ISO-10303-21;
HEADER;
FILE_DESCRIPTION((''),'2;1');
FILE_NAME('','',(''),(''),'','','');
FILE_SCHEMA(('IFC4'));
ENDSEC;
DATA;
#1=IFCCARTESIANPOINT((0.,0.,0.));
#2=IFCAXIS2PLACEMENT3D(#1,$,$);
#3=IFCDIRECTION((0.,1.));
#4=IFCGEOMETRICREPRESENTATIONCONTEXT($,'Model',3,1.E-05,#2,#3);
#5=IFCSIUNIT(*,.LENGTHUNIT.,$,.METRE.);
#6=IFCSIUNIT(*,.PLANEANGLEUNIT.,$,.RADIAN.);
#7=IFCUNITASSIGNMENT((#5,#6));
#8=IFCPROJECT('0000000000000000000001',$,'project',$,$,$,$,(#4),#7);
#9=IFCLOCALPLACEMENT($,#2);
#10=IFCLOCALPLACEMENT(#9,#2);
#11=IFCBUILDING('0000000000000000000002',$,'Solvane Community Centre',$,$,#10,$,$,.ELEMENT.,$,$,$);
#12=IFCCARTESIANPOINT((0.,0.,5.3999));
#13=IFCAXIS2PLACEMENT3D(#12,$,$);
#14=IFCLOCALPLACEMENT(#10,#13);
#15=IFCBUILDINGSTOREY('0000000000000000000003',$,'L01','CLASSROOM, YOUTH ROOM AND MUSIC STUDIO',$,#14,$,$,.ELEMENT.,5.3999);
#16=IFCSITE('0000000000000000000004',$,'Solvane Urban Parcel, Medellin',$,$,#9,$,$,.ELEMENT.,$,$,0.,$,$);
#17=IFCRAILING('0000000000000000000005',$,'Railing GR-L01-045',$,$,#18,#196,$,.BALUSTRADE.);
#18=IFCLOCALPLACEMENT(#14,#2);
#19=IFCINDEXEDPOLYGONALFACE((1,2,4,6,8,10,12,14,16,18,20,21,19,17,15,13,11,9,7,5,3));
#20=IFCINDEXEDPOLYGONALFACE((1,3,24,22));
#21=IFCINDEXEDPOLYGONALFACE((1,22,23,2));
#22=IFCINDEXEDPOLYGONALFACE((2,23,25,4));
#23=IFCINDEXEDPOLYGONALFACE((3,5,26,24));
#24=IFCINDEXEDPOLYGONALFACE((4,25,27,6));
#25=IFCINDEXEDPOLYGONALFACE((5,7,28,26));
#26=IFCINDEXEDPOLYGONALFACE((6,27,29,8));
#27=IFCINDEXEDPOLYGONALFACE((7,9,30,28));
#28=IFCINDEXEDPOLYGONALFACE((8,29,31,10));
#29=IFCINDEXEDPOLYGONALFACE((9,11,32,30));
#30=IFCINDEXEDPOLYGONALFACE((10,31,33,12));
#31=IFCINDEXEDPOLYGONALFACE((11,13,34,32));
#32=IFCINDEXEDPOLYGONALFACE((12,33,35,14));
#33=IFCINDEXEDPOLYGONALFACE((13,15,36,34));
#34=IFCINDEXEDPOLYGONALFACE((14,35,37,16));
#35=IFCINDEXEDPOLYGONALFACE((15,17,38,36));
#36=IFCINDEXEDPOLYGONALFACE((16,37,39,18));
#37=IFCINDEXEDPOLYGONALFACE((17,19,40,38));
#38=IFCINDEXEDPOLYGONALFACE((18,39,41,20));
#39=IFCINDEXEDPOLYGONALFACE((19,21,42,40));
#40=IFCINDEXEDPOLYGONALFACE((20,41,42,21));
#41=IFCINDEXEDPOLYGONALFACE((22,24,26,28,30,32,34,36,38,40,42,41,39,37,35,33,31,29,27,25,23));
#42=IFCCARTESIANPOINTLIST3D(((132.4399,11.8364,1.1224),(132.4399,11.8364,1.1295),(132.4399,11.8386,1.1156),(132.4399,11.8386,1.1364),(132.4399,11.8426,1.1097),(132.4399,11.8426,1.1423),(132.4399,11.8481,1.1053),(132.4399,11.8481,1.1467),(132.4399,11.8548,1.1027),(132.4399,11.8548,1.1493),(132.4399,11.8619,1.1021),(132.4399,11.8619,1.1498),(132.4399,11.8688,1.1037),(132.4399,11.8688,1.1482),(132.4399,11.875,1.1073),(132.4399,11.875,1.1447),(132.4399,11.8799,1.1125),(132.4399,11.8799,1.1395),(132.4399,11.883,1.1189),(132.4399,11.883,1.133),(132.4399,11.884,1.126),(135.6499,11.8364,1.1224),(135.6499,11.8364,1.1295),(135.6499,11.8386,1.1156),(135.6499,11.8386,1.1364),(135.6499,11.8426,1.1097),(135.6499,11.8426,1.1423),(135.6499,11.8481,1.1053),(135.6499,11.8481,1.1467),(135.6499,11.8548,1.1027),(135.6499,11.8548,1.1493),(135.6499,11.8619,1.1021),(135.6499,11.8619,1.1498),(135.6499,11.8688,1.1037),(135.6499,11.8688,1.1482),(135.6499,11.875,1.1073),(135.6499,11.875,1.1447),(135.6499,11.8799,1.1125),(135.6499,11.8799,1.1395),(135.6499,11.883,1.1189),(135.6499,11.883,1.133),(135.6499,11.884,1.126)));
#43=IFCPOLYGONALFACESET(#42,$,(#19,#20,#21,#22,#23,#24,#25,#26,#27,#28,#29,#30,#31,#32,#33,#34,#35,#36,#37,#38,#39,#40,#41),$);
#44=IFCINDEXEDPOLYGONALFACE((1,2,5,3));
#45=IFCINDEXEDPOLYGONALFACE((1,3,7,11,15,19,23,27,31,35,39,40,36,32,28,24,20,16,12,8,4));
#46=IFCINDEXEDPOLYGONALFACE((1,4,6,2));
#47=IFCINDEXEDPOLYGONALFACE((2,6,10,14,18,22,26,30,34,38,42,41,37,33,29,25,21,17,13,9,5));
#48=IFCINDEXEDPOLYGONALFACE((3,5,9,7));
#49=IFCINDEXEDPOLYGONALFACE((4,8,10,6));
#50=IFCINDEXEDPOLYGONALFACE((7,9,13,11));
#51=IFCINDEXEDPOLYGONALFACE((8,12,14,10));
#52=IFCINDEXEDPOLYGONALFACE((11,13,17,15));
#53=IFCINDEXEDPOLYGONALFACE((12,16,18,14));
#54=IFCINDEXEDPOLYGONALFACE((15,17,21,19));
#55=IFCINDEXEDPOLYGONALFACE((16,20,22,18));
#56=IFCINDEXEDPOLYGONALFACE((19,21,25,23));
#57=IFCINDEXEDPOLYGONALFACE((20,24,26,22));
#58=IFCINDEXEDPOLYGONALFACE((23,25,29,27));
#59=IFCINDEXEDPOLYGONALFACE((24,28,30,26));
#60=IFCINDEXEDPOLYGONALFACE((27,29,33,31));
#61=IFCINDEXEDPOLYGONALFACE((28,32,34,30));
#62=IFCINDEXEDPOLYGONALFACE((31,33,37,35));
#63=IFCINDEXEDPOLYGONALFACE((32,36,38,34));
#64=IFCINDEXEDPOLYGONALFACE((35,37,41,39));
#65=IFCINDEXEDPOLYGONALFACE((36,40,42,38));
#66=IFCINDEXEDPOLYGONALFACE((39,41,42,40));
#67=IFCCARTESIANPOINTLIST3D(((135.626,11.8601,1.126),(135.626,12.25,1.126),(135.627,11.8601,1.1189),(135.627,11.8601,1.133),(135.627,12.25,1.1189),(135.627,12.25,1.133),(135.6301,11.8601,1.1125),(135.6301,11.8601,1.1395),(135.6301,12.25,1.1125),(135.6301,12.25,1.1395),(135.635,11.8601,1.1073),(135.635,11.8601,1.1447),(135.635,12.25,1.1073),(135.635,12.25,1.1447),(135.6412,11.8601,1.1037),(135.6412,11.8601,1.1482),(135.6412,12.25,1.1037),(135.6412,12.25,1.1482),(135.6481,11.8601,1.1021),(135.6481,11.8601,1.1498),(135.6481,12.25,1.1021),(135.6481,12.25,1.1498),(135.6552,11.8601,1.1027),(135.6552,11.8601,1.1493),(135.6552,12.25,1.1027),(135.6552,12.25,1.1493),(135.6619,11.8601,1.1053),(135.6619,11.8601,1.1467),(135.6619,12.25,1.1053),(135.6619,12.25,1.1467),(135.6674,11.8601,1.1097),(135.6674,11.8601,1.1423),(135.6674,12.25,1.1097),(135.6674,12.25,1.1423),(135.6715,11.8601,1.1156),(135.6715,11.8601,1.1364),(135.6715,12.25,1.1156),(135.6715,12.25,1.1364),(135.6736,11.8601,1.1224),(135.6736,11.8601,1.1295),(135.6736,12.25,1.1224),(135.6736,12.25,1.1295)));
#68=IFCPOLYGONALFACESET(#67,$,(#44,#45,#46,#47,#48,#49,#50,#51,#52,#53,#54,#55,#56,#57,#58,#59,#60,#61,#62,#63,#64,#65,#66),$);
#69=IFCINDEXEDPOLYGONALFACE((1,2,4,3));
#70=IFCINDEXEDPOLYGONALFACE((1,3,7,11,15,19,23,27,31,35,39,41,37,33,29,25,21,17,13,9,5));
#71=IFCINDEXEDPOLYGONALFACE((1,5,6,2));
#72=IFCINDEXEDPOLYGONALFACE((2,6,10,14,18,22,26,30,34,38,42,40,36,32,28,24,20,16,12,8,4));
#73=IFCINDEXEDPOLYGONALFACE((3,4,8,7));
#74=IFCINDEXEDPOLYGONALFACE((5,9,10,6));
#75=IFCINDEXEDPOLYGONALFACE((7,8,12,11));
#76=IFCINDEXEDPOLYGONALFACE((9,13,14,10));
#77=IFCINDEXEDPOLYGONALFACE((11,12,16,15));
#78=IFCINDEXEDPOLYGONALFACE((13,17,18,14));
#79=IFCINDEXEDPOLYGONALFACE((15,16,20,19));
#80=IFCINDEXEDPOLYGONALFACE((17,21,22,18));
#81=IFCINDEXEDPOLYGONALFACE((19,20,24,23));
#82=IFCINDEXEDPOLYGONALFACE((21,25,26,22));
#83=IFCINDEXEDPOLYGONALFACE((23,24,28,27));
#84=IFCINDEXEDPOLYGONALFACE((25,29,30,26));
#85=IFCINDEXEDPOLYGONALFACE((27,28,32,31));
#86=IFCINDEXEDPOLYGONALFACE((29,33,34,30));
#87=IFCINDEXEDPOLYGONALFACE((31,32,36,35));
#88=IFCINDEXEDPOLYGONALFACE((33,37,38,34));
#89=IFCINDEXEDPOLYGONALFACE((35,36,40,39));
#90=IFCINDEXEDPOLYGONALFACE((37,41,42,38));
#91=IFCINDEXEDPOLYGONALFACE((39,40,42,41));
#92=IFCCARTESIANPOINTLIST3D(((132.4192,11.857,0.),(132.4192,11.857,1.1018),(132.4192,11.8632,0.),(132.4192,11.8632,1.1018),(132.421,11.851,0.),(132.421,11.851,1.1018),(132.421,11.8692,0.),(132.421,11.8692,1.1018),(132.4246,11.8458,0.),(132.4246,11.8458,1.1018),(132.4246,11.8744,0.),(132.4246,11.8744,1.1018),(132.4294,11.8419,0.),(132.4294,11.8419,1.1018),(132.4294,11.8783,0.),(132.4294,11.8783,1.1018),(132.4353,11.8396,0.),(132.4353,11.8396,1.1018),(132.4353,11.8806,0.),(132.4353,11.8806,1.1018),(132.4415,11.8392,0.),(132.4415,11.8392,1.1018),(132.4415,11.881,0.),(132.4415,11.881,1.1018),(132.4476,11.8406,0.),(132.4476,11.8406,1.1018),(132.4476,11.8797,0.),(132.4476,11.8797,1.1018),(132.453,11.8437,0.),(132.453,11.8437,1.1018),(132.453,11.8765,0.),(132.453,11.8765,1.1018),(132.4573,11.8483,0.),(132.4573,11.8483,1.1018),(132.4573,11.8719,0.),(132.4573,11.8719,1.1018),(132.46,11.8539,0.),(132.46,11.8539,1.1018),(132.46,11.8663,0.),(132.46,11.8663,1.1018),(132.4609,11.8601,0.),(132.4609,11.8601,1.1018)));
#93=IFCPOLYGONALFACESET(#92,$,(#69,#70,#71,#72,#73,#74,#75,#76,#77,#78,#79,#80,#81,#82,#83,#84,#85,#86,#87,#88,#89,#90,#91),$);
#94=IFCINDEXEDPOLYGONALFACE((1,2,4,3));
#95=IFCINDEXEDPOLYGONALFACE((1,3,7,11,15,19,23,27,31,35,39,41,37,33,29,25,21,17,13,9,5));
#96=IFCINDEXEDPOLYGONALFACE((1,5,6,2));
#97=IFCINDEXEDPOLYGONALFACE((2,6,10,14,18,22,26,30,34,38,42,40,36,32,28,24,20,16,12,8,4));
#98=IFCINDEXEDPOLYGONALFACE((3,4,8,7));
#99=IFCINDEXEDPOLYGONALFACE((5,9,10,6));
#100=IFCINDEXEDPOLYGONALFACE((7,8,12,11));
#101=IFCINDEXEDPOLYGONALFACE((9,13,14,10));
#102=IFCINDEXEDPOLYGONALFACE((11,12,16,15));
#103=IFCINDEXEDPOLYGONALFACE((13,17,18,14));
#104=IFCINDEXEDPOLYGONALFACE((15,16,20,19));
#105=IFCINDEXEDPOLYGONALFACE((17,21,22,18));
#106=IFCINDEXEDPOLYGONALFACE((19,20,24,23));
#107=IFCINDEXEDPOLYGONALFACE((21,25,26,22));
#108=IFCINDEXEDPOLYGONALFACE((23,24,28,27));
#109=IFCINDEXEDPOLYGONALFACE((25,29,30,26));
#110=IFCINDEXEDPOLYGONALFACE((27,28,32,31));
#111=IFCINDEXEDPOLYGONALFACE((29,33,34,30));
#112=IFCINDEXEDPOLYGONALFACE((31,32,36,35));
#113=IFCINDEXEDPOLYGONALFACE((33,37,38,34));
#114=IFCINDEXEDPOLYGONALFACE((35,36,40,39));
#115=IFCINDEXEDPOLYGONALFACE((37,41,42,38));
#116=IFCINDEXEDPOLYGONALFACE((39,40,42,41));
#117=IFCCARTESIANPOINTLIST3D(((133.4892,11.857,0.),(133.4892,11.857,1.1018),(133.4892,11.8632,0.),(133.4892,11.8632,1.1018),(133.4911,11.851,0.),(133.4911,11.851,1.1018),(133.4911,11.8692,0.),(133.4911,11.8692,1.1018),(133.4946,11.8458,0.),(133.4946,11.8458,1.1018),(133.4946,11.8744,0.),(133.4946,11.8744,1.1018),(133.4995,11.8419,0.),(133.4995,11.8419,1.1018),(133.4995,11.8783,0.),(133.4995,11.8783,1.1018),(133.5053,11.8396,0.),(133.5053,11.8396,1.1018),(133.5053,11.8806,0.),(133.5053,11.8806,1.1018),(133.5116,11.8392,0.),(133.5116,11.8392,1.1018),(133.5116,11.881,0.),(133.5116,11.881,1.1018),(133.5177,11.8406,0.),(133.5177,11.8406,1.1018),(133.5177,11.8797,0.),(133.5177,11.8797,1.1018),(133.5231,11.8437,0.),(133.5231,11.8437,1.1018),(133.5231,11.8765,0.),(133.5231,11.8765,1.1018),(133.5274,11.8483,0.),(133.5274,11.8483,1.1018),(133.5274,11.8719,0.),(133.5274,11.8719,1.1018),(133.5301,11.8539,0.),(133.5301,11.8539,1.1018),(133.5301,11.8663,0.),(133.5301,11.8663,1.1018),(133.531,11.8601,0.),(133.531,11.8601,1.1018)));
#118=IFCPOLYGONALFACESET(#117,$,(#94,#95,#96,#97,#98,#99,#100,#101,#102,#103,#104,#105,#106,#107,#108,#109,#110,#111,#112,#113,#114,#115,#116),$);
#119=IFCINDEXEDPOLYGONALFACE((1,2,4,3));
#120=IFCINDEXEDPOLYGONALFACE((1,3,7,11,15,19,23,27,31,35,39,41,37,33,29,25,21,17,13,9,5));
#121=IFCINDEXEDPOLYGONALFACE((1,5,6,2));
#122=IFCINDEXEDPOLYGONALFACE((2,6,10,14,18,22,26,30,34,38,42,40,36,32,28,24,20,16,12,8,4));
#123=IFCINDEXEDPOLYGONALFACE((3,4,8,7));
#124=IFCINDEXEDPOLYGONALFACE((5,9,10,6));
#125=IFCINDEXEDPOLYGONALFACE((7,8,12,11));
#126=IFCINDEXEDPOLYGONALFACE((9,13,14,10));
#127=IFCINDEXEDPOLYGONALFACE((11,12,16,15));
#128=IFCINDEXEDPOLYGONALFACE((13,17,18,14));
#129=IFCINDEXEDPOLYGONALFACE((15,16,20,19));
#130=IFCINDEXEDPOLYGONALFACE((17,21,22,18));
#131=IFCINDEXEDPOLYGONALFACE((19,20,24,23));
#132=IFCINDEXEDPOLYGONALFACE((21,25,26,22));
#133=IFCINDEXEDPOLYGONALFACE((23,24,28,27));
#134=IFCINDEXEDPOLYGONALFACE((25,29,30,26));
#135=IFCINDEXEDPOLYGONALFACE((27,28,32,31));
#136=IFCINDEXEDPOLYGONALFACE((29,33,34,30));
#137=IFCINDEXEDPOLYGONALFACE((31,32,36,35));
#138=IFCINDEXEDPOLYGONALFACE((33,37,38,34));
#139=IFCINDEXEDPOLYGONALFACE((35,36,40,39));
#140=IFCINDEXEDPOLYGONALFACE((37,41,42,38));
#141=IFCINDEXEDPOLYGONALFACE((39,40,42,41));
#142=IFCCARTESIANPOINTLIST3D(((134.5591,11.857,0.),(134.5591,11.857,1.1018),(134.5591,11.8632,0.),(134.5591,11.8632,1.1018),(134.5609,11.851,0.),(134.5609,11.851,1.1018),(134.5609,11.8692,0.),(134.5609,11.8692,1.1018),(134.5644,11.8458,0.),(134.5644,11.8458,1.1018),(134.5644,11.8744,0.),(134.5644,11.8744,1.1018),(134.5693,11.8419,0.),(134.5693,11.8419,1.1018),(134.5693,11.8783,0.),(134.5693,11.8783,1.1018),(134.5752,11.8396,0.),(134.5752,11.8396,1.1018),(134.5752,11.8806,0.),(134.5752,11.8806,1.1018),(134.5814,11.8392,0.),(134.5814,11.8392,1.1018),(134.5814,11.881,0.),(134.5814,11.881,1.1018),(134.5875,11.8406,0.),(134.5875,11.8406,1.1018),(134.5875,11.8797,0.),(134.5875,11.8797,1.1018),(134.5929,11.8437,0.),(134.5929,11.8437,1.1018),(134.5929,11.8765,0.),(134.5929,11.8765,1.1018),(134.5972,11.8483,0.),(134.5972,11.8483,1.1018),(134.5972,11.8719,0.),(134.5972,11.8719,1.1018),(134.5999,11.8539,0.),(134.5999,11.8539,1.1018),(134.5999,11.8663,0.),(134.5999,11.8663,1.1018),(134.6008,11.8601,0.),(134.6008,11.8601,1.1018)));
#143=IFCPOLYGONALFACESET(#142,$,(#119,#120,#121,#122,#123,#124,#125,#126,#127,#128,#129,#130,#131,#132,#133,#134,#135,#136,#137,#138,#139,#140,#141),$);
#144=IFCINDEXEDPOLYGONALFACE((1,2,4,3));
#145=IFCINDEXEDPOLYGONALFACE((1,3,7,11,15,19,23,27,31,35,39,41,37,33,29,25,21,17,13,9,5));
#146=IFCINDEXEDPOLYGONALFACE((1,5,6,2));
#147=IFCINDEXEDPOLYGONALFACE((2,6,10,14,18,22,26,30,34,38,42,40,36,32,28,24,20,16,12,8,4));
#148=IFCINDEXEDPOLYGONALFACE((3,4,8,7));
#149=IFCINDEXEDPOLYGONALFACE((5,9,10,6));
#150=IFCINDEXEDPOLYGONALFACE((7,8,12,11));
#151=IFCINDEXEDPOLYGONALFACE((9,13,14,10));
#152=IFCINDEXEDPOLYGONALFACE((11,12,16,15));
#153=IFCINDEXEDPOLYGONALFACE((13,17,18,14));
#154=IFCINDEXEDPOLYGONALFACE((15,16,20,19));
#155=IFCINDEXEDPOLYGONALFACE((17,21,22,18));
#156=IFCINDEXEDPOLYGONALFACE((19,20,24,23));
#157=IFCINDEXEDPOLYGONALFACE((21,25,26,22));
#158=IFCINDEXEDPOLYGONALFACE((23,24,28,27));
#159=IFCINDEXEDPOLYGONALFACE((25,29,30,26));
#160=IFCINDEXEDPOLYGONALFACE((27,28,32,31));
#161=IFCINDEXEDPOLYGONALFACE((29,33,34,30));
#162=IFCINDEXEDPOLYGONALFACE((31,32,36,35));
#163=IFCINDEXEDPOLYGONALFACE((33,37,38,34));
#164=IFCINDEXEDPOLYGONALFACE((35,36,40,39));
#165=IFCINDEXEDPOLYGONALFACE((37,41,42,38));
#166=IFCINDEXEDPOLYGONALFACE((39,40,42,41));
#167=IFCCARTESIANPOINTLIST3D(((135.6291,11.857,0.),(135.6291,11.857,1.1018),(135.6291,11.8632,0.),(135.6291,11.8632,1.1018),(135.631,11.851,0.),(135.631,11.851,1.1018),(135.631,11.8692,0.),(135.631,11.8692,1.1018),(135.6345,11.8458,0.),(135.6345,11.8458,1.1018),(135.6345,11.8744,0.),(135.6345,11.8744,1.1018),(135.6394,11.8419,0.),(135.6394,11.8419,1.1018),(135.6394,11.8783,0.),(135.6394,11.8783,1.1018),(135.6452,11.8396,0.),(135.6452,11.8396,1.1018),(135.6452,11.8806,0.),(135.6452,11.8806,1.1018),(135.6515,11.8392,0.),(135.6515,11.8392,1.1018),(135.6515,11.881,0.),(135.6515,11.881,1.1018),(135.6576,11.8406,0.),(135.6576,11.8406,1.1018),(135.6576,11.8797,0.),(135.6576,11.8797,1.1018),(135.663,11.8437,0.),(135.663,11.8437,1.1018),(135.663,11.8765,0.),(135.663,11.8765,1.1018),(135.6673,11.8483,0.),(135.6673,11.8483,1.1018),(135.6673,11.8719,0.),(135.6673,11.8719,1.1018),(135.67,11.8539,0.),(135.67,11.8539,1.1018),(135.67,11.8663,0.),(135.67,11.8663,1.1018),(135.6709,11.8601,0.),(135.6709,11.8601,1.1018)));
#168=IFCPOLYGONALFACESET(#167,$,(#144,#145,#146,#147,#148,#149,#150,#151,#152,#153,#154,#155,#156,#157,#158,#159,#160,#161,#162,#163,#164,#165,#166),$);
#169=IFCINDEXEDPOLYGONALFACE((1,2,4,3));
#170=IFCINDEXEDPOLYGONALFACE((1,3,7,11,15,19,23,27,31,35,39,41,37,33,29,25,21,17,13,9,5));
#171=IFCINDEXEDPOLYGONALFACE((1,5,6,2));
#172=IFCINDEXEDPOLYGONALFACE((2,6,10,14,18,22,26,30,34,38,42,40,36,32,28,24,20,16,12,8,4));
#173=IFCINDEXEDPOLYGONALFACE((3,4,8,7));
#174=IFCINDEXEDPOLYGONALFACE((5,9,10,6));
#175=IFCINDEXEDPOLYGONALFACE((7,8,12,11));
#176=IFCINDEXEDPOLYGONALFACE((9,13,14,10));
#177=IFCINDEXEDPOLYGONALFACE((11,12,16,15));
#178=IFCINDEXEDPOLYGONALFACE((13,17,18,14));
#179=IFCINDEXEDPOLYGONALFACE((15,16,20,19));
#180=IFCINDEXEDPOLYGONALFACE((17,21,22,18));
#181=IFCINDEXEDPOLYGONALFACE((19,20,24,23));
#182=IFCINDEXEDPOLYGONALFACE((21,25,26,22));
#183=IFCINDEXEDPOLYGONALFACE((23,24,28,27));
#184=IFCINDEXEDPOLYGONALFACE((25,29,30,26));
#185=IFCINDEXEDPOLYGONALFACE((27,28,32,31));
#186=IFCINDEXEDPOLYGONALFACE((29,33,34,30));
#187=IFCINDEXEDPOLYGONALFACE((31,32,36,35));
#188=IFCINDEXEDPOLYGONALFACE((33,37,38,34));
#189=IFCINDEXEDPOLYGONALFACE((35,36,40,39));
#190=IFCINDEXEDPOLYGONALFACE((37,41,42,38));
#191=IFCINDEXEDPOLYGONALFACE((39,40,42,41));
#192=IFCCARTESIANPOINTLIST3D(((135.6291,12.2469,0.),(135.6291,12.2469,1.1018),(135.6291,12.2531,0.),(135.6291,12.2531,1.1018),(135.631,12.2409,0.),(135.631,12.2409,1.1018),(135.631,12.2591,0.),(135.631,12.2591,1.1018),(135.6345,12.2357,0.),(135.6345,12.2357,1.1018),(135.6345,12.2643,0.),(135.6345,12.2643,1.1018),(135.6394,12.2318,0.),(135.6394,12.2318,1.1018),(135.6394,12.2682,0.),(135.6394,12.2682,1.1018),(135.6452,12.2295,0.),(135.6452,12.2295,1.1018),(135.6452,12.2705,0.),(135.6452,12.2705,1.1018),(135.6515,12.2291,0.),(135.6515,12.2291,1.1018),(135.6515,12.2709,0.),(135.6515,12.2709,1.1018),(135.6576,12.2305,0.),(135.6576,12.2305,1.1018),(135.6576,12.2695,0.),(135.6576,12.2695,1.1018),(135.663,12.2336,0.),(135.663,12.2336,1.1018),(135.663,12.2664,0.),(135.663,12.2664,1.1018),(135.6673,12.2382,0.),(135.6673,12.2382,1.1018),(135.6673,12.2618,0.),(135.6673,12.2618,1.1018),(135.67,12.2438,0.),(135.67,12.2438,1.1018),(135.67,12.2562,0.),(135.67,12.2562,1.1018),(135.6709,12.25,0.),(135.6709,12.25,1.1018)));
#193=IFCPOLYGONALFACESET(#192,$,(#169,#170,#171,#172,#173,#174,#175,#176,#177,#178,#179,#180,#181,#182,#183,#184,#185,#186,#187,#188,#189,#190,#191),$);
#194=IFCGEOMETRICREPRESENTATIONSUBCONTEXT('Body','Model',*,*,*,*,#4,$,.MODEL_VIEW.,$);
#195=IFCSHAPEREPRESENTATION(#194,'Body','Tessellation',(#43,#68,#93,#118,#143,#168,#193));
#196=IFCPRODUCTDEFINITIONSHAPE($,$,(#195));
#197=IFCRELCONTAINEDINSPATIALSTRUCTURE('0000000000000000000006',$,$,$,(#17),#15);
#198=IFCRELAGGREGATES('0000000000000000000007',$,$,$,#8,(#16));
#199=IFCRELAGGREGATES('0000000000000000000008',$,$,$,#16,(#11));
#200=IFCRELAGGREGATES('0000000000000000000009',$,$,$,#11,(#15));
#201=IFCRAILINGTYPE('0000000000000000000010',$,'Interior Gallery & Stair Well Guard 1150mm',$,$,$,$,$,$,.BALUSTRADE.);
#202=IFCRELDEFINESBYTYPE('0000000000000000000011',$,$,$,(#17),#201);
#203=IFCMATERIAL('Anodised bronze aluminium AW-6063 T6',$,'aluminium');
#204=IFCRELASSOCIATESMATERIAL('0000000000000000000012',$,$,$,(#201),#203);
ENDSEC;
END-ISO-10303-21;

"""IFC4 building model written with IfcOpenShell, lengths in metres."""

from ifc_helpers import new_model, si_unit, direction, frame, origin, origin_2d, place, context, subcontext, project, spatial, circle, extrude, material, type_object, element, save


model = new_model("IFC4")

# Units and contexts
model_context = context("Model", 3, precision=1e-05, world=origin(), true_north=direction((0.0, 1.0)))
body_context = subcontext(model_context, "Body", "Model", "MODEL_VIEW")
ifc_project = project(units=[si_unit("LENGTHUNIT", "METRE"), si_unit("PLANEANGLEUNIT", "RADIAN")], contexts=[model_context])

# Site, building, storey
site_placement = place(None, origin())
site = spatial("IfcSite", under=ifc_project, at=site_placement, Name="Solvane Urban Parcel, Medellin", CompositionType="ELEMENT", RefElevation=0.0)
building_placement = place(site_placement, origin())
building = spatial("IfcBuilding", under=site, at=building_placement, Name="Solvane Community Centre", CompositionType="ELEMENT")
storey_placement = place(building_placement, frame((0.0, 0.0, 5.3999)))
storey = spatial("IfcBuildingStorey", under=building, at=storey_placement, Name="L01", Description="CLASSROOM, YOUTH ROOM AND MUSIC STUDIO", CompositionType="ELEMENT", Elevation=5.3999)

# Shared definitions
ifc_material_1 = material(Name="Anodised bronze aluminium AW-6063 T6", Category="aluminium")

# Railing
railing_type_1 = type_object("IfcRailingType", Name="Interior Gallery & Stair Well Guard 1150mm", PredefinedType="BALUSTRADE", material=ifc_material_1)
railing_1_placement = place(storey_placement, frame((132.4399, 11.8601, 0.0)))
element("IfcRailing", 1, at=railing_1_placement, inside=storey, type_object=railing_type_1, Name="Railing GR-L01-045", PredefinedType="BALUSTRADE", context=body_context, shape_type="SweptSolid", body=[
    extrude(circle(Radius=0.0239, at=origin_2d()), frame((0.0, 0.0, 1.126), z_axis=(1.0, 0.0, 0.0), x_axis=(0.0, 1.0, 0.0)), (0.0, 0.0, 1.0), 3.21),
    extrude(circle(Radius=0.0239, at=origin_2d()), frame((3.21, 0.0, 1.126), z_axis=(0.0, 1.0, 0.0), x_axis=(-1.0, 0.0, 0.0)), (0.0, 0.0, 1.0), 0.3899),
    extrude(circle(Radius=0.021, at=origin_2d()), origin(), (0.0, 0.0, 1.0), 1.1018),
    extrude(circle(Radius=0.021, at=origin_2d()), frame((1.0701, 0.0, 0.0)), (0.0, 0.0, 1.0), 1.1018),
    extrude(circle(Radius=0.021, at=origin_2d()), frame((2.1399, 0.0, 0.0)), (0.0, 0.0, 1.0), 1.1018),
    extrude(circle(Radius=0.021, at=origin_2d()), frame((3.21, 0.0, 0.0)), (0.0, 0.0, 1.0), 1.1018),
    extrude(circle(Radius=0.021, at=origin_2d()), frame((3.21, 0.3899, 0.0)), (0.0, 0.0, 1.0), 1.1018),
])

save(model, "model.ifc")
